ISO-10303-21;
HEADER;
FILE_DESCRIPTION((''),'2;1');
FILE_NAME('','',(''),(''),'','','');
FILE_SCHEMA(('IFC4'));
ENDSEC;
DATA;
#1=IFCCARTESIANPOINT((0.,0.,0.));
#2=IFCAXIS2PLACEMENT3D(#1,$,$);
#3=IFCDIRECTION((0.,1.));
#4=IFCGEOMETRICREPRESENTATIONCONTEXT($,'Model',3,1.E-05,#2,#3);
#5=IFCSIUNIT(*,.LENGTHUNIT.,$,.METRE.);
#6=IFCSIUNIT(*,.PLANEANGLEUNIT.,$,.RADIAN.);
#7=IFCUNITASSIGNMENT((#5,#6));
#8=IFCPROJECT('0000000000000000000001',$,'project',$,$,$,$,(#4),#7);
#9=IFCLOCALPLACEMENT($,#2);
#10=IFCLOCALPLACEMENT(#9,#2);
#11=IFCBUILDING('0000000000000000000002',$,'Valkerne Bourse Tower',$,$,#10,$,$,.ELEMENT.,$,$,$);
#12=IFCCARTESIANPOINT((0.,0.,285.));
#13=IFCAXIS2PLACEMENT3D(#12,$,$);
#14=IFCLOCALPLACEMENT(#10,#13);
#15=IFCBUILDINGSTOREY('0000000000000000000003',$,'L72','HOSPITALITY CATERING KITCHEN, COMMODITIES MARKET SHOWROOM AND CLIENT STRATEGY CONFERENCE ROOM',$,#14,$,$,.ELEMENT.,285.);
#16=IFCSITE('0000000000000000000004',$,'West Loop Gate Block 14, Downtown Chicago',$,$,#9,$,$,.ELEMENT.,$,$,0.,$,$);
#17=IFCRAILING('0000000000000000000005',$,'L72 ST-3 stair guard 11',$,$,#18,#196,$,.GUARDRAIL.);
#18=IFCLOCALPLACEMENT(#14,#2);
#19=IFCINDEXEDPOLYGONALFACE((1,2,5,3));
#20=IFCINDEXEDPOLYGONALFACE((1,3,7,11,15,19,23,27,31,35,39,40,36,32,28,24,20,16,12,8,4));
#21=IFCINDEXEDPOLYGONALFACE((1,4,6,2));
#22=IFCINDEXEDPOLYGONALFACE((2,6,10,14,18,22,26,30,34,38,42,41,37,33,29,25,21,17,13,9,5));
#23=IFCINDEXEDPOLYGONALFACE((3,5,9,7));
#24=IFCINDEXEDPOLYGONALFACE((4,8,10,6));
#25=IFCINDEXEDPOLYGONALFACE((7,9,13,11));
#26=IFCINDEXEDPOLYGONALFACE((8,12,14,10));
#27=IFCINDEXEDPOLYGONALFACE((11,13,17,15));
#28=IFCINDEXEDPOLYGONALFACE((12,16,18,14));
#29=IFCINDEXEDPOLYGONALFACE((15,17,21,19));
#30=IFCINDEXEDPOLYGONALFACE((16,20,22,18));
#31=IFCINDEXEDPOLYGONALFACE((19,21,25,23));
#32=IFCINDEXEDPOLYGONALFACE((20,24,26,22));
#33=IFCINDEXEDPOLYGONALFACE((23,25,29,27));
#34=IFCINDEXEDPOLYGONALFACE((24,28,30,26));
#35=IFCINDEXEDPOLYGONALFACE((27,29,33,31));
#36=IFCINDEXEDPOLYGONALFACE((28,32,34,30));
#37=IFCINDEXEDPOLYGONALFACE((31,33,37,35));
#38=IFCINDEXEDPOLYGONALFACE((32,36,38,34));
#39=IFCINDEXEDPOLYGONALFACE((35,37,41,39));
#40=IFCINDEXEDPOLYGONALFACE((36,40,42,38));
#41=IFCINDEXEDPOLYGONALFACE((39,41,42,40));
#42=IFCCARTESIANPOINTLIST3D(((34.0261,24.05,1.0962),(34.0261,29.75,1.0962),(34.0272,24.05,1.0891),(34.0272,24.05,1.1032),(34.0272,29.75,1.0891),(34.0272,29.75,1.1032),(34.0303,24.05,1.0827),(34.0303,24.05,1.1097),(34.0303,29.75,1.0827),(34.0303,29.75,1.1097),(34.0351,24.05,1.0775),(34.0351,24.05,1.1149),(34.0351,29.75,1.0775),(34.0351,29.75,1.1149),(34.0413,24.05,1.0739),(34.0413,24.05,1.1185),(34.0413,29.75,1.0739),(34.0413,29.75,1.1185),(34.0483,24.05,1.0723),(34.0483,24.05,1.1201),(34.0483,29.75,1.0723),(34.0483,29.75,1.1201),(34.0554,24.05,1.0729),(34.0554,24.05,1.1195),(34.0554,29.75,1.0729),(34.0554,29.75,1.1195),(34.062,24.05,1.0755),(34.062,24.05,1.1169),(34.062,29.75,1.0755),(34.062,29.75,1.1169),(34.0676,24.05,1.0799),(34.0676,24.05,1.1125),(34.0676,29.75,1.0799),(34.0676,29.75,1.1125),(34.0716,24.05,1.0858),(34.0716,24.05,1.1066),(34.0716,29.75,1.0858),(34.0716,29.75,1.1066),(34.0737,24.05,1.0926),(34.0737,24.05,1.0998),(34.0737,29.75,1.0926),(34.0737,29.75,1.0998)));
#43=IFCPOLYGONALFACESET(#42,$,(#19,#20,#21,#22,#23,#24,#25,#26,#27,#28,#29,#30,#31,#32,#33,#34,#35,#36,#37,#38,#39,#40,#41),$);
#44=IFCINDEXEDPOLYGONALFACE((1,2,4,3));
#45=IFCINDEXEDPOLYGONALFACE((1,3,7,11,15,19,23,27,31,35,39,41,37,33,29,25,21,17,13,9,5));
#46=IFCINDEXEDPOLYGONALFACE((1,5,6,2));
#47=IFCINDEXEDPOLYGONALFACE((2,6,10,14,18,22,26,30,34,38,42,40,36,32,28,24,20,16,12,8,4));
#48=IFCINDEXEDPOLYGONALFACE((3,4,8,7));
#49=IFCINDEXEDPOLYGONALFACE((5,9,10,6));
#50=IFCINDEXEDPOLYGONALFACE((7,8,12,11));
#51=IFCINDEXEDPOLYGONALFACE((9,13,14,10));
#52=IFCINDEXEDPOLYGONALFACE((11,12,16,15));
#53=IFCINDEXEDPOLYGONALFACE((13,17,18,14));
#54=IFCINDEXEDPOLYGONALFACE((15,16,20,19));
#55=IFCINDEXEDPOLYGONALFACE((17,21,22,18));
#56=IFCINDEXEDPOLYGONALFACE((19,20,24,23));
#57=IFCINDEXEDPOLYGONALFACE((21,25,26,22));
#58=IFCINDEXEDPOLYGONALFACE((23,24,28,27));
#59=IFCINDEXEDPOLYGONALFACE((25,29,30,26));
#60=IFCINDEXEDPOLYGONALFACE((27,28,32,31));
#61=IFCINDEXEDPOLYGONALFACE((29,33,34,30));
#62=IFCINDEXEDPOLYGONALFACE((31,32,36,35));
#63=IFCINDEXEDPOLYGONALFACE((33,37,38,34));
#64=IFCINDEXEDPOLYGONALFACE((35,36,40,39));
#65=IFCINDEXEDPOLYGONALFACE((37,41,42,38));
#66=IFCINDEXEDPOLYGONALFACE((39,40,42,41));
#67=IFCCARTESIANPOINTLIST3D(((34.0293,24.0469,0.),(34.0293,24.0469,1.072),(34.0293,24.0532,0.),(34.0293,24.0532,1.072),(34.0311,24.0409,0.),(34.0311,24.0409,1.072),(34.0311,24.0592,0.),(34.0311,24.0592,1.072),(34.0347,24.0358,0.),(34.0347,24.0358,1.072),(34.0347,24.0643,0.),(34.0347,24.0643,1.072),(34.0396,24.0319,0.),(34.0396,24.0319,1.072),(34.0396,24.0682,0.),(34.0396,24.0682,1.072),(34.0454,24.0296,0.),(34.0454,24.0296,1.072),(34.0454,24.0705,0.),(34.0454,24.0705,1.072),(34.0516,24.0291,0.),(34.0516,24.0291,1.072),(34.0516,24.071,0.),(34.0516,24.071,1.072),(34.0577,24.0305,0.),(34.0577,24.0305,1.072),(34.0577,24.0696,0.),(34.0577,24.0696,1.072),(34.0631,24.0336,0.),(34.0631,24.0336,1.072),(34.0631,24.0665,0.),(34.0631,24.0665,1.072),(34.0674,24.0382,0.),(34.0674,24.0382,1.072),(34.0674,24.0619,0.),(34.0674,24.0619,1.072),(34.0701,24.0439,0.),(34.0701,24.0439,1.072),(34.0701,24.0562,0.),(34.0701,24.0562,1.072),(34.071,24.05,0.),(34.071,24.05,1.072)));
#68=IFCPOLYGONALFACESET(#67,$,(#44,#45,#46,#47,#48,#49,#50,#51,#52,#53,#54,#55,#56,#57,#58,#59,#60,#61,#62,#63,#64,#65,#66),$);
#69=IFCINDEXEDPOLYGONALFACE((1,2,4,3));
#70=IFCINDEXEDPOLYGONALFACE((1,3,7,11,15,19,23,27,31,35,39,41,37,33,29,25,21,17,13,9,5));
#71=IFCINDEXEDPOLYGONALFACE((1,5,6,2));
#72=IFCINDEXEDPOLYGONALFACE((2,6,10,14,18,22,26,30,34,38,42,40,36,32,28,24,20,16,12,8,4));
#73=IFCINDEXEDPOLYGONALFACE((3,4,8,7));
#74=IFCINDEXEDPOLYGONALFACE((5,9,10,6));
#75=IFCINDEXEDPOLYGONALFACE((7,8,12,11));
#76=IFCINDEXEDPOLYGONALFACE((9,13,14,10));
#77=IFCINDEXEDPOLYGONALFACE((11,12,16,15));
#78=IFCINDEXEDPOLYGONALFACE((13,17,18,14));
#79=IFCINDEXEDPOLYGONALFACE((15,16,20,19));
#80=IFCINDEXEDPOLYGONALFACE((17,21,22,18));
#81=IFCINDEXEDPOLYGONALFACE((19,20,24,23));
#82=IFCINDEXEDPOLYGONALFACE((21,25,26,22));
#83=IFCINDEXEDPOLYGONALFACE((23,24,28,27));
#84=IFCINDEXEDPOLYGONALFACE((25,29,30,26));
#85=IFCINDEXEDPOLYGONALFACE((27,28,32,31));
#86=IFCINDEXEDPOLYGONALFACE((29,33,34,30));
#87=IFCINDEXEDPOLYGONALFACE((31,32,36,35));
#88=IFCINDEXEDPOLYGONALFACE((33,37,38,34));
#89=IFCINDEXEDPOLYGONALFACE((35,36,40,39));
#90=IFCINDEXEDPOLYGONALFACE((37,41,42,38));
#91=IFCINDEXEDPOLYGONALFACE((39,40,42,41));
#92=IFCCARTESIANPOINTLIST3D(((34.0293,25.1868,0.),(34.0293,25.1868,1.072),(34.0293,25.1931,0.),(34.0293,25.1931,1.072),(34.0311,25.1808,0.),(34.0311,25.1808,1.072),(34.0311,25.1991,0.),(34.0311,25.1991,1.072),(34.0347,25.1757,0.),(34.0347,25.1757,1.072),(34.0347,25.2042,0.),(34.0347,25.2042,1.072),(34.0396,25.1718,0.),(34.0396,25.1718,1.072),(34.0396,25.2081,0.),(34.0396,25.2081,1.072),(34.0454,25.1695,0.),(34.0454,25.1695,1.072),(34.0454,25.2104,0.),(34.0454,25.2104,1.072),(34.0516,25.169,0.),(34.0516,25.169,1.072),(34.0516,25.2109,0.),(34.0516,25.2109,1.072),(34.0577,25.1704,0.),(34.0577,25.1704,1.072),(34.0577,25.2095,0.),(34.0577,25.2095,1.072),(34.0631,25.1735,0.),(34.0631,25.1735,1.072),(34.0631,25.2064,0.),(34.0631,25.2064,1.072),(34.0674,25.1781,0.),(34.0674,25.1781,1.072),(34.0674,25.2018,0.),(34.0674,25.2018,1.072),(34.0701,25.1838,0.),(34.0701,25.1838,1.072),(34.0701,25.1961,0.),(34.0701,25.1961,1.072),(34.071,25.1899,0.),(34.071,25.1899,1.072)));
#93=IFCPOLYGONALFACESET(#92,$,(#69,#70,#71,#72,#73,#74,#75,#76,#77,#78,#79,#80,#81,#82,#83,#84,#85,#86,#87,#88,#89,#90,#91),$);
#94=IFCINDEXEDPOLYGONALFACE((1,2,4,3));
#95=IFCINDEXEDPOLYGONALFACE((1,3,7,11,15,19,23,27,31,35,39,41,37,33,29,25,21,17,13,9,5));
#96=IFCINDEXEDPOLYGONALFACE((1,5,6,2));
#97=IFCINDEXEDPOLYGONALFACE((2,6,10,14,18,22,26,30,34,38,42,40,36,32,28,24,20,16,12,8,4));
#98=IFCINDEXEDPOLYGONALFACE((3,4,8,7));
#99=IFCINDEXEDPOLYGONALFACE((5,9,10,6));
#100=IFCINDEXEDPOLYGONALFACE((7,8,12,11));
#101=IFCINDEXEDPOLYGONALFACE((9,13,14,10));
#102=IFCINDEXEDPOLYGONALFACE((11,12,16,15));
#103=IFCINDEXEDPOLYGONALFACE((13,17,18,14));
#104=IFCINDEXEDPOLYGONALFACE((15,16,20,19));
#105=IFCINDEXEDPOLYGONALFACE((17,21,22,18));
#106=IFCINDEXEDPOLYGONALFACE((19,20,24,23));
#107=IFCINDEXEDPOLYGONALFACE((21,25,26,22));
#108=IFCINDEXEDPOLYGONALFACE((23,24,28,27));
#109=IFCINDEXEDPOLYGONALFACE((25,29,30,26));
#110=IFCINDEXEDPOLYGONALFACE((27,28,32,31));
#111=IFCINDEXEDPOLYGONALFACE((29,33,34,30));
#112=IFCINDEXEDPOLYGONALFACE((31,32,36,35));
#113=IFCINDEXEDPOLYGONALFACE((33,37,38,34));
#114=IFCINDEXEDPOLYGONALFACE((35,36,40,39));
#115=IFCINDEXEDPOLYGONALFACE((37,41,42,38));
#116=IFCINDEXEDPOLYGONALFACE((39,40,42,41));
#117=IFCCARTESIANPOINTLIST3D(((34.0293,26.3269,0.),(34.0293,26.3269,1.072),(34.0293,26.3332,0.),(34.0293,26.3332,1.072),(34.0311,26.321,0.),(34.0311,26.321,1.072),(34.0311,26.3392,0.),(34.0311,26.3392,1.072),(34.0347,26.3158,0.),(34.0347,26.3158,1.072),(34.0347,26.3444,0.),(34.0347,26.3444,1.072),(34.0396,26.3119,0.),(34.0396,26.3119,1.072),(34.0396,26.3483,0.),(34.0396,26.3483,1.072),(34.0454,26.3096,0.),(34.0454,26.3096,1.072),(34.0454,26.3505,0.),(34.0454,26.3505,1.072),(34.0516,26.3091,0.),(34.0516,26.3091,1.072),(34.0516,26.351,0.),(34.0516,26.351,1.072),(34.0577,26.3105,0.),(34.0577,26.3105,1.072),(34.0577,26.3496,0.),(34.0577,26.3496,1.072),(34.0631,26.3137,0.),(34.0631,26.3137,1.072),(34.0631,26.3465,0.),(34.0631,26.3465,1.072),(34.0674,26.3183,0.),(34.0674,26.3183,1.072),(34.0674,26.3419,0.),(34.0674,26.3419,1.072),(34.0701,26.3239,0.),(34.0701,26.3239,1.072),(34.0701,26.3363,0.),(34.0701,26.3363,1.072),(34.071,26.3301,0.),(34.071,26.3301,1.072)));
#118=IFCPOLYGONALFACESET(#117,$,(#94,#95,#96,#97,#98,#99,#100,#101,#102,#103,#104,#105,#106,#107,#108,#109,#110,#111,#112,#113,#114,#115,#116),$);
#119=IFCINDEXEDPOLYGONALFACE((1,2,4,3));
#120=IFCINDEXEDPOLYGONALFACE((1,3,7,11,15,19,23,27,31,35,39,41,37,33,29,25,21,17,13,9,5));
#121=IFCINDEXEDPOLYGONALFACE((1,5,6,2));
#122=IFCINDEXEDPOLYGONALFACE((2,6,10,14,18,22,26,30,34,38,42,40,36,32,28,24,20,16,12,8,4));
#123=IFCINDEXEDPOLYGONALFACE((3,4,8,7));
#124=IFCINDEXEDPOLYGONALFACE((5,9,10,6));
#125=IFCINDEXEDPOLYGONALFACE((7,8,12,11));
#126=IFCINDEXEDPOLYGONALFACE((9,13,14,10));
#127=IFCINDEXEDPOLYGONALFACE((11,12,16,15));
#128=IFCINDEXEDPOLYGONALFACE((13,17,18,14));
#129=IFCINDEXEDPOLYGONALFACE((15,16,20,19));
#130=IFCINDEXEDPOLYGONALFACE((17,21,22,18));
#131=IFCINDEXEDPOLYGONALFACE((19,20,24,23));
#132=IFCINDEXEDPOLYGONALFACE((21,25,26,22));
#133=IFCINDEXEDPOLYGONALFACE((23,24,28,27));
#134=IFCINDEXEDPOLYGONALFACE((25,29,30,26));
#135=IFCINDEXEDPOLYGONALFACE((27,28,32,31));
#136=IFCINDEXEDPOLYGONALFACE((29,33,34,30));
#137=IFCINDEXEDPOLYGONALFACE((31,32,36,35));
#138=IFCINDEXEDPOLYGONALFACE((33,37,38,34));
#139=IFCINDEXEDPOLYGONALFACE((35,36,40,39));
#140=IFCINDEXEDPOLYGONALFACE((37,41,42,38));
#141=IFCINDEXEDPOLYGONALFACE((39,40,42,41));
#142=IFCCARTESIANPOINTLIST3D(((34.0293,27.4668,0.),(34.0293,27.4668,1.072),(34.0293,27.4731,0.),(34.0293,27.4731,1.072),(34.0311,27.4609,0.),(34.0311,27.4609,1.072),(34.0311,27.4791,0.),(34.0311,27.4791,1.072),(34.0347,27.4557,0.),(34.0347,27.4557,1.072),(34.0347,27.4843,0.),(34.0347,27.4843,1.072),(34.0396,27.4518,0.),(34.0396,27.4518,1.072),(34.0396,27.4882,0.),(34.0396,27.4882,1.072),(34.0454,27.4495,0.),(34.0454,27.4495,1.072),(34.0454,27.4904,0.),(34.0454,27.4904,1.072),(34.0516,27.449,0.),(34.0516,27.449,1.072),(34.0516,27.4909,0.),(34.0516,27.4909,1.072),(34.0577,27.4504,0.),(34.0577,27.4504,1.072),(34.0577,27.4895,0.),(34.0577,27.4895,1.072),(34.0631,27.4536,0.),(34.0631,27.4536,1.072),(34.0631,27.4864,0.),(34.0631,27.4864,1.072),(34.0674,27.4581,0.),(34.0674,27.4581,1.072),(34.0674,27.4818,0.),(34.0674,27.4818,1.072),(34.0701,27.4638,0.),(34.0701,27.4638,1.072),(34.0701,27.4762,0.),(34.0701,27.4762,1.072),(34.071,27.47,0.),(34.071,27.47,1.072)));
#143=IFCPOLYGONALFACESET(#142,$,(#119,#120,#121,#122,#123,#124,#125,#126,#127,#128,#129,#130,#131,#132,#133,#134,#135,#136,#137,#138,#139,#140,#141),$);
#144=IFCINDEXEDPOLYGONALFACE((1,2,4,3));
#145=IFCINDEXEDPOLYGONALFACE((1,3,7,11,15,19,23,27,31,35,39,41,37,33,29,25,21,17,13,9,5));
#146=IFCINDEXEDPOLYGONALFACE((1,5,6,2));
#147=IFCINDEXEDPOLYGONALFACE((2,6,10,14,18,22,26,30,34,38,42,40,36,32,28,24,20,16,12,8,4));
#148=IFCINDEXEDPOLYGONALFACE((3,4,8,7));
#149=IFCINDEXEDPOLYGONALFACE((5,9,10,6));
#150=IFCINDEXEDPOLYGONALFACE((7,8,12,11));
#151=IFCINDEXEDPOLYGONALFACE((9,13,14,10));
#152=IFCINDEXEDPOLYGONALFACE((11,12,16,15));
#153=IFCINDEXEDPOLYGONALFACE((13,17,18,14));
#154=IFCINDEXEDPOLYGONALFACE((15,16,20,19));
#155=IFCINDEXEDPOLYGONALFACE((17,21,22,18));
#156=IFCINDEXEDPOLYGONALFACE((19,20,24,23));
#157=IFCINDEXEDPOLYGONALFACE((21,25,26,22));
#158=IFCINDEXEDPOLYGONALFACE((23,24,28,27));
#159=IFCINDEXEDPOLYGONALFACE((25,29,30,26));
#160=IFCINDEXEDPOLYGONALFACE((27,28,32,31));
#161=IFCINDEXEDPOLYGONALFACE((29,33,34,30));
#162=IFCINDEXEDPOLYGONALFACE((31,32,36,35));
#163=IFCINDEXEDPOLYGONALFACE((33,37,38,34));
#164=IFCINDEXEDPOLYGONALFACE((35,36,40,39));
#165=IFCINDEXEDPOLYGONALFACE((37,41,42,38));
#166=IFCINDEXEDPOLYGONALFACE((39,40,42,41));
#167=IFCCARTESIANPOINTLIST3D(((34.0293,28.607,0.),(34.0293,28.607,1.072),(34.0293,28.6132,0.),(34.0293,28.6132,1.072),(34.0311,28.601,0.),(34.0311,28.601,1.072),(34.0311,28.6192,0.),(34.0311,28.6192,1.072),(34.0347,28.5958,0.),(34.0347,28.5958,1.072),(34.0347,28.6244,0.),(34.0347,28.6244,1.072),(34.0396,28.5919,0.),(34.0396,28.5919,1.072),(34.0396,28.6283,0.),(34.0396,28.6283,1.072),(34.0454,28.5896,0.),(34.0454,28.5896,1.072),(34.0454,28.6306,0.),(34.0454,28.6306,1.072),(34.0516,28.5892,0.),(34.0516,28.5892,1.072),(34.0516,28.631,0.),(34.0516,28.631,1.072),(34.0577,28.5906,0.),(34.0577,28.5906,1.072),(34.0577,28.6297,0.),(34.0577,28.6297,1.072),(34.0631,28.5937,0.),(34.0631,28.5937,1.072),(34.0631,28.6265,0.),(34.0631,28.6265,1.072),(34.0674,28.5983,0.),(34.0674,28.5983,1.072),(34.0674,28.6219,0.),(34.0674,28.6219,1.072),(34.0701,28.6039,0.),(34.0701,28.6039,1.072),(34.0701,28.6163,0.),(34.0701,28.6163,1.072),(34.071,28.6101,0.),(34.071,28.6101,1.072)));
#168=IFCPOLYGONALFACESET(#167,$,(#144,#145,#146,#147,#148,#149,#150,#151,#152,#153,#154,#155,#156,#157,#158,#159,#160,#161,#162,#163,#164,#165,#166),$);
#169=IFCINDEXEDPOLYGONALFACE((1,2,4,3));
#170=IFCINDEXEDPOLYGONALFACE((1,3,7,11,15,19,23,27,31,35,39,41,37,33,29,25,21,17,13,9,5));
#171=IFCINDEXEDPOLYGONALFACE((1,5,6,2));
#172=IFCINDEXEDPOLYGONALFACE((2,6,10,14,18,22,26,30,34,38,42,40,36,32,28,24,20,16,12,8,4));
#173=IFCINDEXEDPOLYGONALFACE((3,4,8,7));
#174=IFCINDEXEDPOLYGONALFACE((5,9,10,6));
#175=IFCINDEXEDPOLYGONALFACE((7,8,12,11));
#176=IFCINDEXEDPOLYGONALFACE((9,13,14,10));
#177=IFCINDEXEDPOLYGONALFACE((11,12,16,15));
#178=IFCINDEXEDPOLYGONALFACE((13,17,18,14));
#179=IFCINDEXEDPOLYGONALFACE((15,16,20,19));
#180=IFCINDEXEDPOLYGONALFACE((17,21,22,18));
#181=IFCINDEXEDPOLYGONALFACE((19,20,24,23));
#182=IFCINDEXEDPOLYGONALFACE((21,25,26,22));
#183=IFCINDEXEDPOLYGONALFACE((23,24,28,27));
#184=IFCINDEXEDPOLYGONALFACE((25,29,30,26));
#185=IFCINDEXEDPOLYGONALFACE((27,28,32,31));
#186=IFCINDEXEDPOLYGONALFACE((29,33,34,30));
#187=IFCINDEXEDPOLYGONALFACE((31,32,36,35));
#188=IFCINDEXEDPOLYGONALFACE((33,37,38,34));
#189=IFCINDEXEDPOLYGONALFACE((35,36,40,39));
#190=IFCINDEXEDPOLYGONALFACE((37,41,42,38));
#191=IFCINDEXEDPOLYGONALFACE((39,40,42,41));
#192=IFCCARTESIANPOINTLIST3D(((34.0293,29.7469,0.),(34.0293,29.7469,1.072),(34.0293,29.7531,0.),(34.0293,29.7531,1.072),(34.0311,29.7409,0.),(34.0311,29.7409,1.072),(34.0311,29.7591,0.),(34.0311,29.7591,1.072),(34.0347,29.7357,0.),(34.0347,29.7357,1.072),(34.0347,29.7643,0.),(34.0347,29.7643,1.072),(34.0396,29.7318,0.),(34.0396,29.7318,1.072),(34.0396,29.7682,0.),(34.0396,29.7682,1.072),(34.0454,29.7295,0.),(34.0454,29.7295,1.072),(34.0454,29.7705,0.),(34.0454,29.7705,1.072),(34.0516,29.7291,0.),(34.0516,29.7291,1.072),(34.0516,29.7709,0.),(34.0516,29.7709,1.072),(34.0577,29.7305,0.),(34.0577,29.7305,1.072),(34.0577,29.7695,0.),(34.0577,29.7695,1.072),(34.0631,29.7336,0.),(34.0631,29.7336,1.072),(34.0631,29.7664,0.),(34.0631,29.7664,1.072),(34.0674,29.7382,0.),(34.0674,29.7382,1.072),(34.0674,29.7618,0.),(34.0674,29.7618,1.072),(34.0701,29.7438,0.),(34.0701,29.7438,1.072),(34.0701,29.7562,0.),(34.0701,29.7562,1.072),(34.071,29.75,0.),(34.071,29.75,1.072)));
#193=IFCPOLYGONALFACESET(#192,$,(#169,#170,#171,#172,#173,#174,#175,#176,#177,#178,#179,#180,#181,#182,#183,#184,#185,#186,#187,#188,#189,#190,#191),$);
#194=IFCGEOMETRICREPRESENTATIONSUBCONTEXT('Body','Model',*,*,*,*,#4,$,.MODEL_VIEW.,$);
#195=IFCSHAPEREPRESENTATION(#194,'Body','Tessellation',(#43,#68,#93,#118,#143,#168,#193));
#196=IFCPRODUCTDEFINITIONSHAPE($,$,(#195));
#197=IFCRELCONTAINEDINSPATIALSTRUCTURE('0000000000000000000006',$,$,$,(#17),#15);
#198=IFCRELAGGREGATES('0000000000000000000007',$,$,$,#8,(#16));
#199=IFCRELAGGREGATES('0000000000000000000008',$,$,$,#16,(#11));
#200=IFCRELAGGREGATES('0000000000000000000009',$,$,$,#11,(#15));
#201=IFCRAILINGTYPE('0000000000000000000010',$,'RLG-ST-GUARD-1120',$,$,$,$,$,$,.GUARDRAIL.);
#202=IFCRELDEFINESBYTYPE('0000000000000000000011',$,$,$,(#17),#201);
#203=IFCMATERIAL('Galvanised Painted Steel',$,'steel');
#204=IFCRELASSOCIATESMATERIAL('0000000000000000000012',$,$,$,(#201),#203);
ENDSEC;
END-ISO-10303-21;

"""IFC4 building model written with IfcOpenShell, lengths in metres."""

from ifc_helpers import new_model, si_unit, direction, frame, origin, origin_2d, place, context, subcontext, project, spatial, circle, extrude, material, type_object, element, save


model = new_model("IFC4")

# Units and contexts
model_context = context("Model", 3, precision=1e-05, world=origin(), true_north=direction((0.0, 1.0)))
body_context = subcontext(model_context, "Body", "Model", "MODEL_VIEW")
ifc_project = project(units=[si_unit("LENGTHUNIT", "METRE"), si_unit("PLANEANGLEUNIT", "RADIAN")], contexts=[model_context])

# Site, building, storey
site_placement = place(None, origin())
site = spatial("IfcSite", under=ifc_project, at=site_placement, Name="West Loop Gate Block 14, Downtown Chicago", CompositionType="ELEMENT", RefElevation=0.0)
building_placement = place(site_placement, origin())
building = spatial("IfcBuilding", under=site, at=building_placement, Name="Valkerne Bourse Tower", CompositionType="ELEMENT")
storey_placement = place(building_placement, frame((0.0, 0.0, 285.0)))
storey = spatial("IfcBuildingStorey", under=building, at=storey_placement, Name="L72", Description="HOSPITALITY CATERING KITCHEN, COMMODITIES MARKET SHOWROOM AND CLIENT STRATEGY CONFERENCE ROOM", CompositionType="ELEMENT", Elevation=285.0)

# Shared definitions
ifc_material_1 = material(Name="Galvanised Painted Steel", Category="steel")

# Railing
railing_type_1 = type_object("IfcRailingType", Name="RLG-ST-GUARD-1120", PredefinedType="GUARDRAIL", material=ifc_material_1)
railing_1_placement = place(storey_placement, frame((34.05, 24.05, 0.0)))
element("IfcRailing", 1, at=railing_1_placement, inside=storey, type_object=railing_type_1, Name="L72 ST-3 stair guard 11", PredefinedType="GUARDRAIL", context=body_context, shape_type="SweptSolid", body=[
    extrude(circle(Radius=0.0239, at=origin_2d()), frame((0.0, 0.0, 1.0962), z_axis=(0.0, 1.0, 0.0), x_axis=(-1.0, 0.0, 0.0)), (0.0, 0.0, 1.0), 5.7),
    extrude(circle(Radius=0.021, at=origin_2d()), origin(), (0.0, 0.0, 1.0), 1.072),
    extrude(circle(Radius=0.021, at=origin_2d()), frame((0.0, 1.1399, 0.0)), (0.0, 0.0, 1.0), 1.072),
    extrude(circle(Radius=0.021, at=origin_2d()), frame((0.0, 2.28, 0.0)), (0.0, 0.0, 1.0), 1.072),
    extrude(circle(Radius=0.021, at=origin_2d()), frame((0.0, 3.4199, 0.0)), (0.0, 0.0, 1.0), 1.072),
    extrude(circle(Radius=0.021, at=origin_2d()), frame((0.0, 4.5601, 0.0)), (0.0, 0.0, 1.0), 1.072),
    extrude(circle(Radius=0.021, at=origin_2d()), frame((0.0, 5.7, 0.0)), (0.0, 0.0, 1.0), 1.072),
])

save(model, "model.ifc")
